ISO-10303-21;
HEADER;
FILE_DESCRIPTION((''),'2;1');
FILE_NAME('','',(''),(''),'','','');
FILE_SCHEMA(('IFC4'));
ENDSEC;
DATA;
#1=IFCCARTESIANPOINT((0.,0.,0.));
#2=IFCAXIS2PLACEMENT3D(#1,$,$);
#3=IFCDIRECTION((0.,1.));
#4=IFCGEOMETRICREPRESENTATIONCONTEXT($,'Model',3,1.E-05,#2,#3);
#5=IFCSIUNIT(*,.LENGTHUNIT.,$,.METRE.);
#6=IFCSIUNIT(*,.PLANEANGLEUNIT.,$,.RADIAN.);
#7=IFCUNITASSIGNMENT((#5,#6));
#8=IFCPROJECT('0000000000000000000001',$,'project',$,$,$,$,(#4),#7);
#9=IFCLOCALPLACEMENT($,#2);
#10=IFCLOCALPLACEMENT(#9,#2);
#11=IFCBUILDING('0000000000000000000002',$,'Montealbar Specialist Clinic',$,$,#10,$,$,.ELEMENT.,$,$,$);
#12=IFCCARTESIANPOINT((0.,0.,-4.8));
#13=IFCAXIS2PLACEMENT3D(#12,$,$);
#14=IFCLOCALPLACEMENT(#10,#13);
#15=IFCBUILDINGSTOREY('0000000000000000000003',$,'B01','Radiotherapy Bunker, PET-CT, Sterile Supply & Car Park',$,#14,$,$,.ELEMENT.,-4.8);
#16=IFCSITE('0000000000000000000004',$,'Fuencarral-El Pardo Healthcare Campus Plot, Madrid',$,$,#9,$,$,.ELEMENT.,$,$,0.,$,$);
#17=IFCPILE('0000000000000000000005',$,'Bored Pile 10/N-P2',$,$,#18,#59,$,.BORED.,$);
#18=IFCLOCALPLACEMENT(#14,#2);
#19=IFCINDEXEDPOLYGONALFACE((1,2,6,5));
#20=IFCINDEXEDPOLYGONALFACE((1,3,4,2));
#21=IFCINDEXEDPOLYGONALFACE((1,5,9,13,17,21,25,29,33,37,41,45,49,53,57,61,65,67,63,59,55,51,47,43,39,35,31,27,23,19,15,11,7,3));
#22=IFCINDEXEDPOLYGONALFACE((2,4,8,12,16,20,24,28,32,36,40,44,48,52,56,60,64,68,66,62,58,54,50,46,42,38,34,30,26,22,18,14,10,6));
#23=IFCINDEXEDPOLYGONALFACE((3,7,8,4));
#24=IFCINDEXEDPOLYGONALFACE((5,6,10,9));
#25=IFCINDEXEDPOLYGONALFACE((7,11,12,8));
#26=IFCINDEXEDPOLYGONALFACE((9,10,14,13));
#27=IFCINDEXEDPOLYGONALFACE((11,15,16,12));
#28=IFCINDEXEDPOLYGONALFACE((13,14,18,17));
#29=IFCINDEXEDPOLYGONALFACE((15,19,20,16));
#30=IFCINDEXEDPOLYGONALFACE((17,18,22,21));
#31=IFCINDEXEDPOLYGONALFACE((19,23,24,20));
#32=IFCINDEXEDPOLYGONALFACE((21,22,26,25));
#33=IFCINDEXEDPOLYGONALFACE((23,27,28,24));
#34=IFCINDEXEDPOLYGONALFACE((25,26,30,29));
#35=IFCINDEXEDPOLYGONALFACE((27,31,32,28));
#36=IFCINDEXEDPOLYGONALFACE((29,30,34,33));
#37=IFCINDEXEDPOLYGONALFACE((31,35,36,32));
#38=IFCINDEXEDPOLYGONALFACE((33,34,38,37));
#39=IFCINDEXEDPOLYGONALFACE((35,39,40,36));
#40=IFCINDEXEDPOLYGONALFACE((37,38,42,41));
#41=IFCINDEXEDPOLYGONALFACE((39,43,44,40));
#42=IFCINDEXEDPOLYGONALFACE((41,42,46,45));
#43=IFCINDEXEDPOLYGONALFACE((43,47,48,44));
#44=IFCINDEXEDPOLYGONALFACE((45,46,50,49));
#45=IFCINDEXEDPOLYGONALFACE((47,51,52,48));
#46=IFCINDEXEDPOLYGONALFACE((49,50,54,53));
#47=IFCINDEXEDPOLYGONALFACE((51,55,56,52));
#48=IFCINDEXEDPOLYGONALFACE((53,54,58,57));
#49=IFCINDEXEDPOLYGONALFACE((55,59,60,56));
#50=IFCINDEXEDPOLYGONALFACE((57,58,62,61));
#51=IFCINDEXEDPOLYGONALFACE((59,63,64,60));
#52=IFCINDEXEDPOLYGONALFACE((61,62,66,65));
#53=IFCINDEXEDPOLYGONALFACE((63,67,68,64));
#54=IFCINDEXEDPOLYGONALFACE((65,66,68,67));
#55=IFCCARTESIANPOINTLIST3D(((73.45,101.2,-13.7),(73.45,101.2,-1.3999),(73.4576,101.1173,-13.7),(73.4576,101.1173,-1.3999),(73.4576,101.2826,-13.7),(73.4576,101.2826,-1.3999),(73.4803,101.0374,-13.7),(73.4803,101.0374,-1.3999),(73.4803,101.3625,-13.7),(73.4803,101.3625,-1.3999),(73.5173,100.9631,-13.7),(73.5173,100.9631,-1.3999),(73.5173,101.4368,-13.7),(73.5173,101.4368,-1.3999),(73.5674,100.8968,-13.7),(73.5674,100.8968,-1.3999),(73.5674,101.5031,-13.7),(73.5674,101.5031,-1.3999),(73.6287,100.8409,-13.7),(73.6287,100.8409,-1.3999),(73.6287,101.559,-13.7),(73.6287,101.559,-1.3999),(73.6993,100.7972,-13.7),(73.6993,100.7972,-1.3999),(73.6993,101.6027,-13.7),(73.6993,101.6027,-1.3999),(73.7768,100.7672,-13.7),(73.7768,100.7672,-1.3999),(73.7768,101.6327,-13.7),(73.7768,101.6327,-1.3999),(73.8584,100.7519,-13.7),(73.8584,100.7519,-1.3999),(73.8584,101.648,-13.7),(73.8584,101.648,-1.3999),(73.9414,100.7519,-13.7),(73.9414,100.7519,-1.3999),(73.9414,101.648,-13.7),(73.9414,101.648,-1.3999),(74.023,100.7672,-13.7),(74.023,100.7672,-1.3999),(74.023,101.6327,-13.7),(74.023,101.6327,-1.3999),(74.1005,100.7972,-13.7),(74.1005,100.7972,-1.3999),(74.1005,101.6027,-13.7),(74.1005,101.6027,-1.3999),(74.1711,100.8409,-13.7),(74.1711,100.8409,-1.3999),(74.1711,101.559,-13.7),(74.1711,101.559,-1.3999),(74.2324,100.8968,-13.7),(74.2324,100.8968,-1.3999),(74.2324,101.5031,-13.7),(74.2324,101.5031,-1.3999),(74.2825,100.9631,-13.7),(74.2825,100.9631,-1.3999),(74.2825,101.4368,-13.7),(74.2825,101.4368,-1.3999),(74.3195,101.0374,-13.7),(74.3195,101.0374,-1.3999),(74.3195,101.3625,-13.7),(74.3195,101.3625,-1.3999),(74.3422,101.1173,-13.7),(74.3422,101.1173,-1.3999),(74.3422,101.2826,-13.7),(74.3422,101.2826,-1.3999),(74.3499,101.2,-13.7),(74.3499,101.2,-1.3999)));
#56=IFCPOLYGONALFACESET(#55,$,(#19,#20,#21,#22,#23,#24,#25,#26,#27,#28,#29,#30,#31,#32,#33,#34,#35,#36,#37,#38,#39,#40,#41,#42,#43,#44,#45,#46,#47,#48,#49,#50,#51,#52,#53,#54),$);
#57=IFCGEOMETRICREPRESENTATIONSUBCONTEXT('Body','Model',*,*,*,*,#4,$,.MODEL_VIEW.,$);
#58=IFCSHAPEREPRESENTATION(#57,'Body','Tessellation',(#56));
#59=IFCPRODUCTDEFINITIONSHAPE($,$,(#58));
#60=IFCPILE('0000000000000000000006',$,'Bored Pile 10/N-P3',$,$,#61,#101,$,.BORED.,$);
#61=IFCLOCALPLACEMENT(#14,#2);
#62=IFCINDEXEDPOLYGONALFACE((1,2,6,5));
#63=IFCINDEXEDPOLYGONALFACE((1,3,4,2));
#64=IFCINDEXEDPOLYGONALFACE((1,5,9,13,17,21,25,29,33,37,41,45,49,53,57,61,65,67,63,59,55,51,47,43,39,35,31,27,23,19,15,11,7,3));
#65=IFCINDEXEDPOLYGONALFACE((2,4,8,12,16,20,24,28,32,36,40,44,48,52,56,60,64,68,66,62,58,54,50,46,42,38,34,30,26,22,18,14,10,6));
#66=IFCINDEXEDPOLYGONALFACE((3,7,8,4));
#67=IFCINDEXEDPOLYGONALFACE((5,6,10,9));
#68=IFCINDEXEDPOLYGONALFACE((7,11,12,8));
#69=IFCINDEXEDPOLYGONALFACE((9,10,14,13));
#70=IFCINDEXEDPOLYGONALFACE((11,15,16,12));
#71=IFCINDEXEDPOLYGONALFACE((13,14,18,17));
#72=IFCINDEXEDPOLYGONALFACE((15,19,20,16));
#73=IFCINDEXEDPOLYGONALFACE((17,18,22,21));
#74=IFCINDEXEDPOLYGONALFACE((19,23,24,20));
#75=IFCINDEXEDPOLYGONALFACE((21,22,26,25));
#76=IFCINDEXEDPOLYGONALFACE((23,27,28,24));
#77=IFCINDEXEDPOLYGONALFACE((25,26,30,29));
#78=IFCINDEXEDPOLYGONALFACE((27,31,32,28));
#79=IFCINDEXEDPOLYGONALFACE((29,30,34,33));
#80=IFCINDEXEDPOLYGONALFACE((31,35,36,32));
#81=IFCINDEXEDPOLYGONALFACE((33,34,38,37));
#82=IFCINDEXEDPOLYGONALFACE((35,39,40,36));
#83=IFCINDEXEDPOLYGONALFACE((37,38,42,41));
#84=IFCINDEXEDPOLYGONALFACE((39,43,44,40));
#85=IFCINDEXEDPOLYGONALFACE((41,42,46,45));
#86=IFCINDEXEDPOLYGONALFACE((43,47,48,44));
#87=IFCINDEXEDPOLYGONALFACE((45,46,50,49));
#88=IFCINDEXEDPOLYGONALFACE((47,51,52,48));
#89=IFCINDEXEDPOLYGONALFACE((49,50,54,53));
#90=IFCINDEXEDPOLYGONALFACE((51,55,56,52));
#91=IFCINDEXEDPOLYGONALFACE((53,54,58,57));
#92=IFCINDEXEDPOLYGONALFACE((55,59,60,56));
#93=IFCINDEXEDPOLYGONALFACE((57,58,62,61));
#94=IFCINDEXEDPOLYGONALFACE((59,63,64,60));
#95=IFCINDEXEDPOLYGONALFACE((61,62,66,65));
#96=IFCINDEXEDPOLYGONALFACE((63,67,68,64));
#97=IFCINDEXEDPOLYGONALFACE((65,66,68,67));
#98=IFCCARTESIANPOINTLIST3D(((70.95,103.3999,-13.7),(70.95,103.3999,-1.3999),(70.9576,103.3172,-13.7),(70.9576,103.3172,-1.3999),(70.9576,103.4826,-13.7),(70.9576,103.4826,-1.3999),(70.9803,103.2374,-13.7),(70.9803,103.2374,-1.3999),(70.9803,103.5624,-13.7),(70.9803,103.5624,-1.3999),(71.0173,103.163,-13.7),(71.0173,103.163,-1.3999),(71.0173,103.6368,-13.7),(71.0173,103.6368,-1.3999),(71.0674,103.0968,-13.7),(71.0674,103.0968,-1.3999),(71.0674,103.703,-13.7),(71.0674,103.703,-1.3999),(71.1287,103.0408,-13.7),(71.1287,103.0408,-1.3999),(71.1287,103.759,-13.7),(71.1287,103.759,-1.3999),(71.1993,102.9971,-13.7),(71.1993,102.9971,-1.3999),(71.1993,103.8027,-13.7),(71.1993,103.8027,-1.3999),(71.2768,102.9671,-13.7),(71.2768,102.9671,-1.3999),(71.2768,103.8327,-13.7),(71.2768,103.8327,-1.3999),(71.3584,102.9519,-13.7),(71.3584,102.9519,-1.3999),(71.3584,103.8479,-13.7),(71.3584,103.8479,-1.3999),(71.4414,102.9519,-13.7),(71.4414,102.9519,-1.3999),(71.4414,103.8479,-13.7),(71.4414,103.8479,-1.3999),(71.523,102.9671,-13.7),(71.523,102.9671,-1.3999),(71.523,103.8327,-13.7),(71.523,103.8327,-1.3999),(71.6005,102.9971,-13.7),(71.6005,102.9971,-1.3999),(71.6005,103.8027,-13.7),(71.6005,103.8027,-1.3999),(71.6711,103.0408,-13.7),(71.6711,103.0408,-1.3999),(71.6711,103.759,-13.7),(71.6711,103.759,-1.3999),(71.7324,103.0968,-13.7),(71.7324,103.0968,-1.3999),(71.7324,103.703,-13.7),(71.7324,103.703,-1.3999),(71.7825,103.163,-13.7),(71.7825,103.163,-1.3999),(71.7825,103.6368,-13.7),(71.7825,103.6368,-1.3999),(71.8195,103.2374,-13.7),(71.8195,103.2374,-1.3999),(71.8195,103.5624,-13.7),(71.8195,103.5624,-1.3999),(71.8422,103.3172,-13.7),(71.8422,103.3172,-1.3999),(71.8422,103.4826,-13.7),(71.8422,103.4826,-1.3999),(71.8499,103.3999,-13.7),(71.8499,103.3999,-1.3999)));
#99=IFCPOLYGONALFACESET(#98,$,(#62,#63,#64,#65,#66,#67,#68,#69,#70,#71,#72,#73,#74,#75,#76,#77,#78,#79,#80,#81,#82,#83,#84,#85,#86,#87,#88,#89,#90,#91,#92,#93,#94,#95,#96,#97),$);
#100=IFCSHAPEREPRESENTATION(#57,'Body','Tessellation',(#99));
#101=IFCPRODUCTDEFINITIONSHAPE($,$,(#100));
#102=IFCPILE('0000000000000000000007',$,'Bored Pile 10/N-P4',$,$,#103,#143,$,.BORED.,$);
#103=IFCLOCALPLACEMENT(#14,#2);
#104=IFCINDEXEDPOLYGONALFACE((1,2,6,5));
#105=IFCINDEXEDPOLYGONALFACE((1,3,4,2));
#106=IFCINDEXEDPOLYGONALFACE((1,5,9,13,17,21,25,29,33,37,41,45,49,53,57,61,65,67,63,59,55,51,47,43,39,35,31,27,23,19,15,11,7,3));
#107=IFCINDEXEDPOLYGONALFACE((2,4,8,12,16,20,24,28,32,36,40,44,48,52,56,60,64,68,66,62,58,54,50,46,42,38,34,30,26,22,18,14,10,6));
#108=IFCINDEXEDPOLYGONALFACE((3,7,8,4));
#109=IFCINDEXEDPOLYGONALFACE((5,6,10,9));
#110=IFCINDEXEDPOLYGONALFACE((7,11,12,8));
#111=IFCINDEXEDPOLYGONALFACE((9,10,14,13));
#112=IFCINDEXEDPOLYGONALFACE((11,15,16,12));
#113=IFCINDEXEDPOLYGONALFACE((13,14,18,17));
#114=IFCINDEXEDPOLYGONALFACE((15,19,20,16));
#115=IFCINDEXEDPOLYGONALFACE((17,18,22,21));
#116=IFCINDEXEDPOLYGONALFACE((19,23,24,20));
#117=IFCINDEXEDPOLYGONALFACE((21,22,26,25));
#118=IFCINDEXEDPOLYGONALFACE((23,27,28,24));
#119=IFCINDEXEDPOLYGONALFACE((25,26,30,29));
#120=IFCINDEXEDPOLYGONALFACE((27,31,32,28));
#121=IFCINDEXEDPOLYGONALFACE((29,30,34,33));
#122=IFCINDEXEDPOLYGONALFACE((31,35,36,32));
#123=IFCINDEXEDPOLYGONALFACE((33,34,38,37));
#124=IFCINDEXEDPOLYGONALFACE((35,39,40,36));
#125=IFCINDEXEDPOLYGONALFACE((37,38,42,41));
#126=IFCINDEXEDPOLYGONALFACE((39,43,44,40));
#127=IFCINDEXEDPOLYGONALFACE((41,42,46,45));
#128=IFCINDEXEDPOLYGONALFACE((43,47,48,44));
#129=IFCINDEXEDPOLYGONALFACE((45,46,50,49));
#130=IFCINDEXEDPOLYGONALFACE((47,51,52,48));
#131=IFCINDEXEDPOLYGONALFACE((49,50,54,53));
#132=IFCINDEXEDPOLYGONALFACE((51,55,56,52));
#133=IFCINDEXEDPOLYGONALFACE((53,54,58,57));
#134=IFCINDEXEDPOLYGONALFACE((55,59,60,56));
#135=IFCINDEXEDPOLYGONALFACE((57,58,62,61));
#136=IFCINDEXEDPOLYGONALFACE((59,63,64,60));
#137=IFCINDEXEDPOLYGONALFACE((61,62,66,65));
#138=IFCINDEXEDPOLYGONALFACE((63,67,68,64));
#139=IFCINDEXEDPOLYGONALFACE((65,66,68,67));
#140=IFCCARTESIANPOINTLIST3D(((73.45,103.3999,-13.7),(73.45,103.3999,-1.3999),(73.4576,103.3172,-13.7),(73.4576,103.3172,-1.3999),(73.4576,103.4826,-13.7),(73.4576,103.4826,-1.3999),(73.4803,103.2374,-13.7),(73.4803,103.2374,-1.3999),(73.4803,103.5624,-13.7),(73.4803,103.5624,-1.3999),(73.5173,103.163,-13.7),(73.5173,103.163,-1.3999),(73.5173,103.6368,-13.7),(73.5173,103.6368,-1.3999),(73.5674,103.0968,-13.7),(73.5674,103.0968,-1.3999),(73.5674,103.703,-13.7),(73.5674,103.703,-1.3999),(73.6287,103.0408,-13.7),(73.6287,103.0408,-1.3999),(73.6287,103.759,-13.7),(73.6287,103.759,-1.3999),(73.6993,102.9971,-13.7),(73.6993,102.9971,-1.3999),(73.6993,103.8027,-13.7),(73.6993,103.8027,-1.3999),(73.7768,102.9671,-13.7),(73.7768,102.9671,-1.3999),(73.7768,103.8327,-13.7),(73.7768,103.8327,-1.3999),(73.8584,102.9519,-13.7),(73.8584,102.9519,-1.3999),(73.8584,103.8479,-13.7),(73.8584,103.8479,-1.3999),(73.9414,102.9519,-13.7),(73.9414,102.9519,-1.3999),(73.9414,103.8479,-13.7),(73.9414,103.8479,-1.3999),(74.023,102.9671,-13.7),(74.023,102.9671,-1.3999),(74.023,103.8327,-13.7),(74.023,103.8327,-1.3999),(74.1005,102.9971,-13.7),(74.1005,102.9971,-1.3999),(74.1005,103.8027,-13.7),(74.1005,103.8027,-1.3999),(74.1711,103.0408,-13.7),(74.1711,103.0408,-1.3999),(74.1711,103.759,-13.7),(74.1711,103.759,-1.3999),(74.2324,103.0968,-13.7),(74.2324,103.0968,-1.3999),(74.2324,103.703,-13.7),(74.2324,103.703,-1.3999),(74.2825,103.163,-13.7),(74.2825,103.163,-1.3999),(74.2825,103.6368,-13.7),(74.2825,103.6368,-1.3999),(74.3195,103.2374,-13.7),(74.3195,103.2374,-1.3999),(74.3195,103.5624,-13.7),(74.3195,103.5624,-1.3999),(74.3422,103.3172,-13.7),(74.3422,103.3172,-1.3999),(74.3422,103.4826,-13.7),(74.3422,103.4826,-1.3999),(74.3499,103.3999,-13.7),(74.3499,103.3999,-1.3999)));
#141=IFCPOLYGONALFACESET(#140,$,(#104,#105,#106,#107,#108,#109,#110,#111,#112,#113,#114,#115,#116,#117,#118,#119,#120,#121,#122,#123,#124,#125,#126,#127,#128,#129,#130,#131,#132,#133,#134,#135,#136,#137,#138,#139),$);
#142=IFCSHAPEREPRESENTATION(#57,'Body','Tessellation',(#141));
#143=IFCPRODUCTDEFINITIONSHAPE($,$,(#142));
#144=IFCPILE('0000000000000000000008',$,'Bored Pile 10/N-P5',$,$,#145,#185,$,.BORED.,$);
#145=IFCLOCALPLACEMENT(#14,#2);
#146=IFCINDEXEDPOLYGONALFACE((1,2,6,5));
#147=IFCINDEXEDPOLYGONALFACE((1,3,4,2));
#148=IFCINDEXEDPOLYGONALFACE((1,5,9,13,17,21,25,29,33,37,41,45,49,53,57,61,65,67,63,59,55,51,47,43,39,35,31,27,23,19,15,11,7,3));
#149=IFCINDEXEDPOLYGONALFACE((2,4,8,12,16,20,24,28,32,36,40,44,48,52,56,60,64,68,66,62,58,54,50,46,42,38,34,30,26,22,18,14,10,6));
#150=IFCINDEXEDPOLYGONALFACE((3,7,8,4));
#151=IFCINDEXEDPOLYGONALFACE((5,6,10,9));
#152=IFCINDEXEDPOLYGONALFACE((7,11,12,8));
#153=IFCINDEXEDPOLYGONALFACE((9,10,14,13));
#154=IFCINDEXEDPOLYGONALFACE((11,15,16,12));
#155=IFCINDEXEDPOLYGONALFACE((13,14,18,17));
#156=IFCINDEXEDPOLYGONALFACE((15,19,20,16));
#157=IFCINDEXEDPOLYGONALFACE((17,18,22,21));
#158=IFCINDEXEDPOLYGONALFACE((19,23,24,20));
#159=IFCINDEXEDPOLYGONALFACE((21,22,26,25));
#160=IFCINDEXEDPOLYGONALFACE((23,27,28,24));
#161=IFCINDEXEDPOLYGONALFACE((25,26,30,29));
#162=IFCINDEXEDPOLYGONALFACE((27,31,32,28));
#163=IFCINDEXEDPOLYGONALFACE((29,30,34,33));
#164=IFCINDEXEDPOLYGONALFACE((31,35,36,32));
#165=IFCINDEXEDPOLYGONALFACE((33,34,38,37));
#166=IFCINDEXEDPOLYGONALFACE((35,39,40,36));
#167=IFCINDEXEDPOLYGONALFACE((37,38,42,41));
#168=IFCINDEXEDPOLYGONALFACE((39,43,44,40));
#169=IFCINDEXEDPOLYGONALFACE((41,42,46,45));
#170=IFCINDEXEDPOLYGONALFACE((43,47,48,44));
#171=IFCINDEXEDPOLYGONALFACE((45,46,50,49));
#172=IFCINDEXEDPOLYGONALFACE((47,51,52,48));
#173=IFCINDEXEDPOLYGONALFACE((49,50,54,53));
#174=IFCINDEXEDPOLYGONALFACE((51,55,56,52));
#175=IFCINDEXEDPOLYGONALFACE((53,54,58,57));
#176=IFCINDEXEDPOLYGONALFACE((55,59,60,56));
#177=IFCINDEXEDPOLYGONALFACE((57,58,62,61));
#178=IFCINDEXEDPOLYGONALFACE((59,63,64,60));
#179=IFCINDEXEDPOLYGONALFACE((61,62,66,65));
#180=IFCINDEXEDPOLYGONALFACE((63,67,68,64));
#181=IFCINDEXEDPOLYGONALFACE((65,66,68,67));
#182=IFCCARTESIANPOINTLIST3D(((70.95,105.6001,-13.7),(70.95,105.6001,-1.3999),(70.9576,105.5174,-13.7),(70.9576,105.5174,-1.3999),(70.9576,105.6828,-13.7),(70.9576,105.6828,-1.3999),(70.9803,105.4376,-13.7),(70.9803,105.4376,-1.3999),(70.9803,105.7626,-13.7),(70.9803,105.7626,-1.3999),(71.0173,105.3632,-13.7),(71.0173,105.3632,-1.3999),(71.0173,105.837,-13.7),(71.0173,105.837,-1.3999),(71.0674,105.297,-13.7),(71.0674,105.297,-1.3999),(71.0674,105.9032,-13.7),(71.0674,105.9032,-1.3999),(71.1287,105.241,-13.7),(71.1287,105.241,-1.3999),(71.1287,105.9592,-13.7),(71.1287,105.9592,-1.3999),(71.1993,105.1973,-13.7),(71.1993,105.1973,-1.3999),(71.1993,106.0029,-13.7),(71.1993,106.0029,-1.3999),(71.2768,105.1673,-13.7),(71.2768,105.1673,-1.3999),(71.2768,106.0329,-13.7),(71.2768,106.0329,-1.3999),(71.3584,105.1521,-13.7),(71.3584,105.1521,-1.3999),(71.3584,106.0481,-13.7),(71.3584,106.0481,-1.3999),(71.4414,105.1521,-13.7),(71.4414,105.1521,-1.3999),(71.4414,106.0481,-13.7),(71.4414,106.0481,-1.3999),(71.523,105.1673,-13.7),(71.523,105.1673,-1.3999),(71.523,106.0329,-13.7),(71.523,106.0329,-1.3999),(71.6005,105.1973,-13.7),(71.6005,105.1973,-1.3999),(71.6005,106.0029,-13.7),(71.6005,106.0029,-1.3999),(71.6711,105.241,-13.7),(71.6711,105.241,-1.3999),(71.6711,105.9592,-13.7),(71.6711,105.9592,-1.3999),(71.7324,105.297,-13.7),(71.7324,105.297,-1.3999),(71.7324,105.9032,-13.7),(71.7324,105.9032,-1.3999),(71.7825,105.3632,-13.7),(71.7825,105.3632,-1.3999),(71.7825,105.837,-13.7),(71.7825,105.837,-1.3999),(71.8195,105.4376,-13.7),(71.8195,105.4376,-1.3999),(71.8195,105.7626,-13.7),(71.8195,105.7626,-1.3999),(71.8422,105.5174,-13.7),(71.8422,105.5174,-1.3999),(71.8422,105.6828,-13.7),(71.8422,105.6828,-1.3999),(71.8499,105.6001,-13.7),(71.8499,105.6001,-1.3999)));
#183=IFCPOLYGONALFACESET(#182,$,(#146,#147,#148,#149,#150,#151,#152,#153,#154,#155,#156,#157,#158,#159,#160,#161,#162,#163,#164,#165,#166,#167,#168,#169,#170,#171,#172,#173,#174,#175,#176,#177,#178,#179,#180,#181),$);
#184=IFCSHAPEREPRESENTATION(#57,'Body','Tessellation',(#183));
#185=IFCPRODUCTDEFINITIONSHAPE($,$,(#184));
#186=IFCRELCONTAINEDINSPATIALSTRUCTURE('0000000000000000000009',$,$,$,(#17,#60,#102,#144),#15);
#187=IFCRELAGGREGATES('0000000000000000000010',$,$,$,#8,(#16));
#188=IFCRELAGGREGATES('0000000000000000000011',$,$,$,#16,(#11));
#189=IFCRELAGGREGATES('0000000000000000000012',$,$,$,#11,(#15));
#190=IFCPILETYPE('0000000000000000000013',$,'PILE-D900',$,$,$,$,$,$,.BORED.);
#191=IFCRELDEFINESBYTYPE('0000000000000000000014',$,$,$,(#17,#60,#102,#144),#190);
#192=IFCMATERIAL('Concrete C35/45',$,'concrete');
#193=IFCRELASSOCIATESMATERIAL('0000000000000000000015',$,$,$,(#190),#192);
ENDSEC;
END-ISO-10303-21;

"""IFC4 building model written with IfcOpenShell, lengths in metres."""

from ifc_helpers import new_model, si_unit, direction, frame, origin, origin_2d, place, context, subcontext, project, spatial, circle, extrude, material, material_profile, profile_set, type_object, element, save


model = new_model("IFC4")

# Units and contexts
model_context = context("Model", 3, precision=1e-05, world=origin(), true_north=direction((0.0, 1.0)))
body_context = subcontext(model_context, "Body", "Model", "MODEL_VIEW")
ifc_project = project(units=[si_unit("LENGTHUNIT", "METRE"), si_unit("PLANEANGLEUNIT", "RADIAN")], contexts=[model_context])

# Site, building, storey
site_placement = place(None, origin())
site = spatial("IfcSite", under=ifc_project, at=site_placement, Name="Fuencarral-El Pardo Healthcare Campus Plot, Madrid", CompositionType="ELEMENT", RefElevation=0.0)
building_placement = place(site_placement, origin())
building = spatial("IfcBuilding", under=site, at=building_placement, Name="Montealbar Specialist Clinic", CompositionType="ELEMENT")
storey_placement = place(building_placement, frame((0.0, 0.0, -4.8)))
storey = spatial("IfcBuildingStorey", under=building, at=storey_placement, Name="B01", Description="Radiotherapy Bunker, PET-CT, Sterile Supply & Car Park", CompositionType="ELEMENT", Elevation=-4.8)

# Shared definitions
ifc_material_1 = material(Name="Concrete C35/45", Category="concrete")

# Piles
ifc_material_profile_1 = material_profile(ifc_material_1, circle(Radius=0.45, at=origin_2d()), Name="PILE D900", Category="concrete")
ifc_profile_set_1 = profile_set([ifc_material_profile_1], Name="Concrete C35/45")
pile_type_1 = type_object("IfcPileType", Name="PILE-D900", PredefinedType="BORED", material=ifc_profile_set_1)
for number, where, z_axis, x_axis, name in (
    (1, (73.8999, 101.2, -1.3999), (0.0, 0.0, -1.0), (1.0, 0.0, 0.0), "Bored Pile 10/N-P2"),
    (2, (71.3999, 103.3999, -1.3999), (0.0, 0.0, -1.0), (1.0, 0.0, 0.0), "Bored Pile 10/N-P3"),
    (3, (73.8999, 103.3999, -1.3999), (0.0, 0.0, -1.0), (1.0, 0.0, 0.0), "Bored Pile 10/N-P4"),
    (4, (71.3999, 105.6001, -1.3999), (0.0, 0.0, -1.0), (1.0, 0.0, 0.0), "Bored Pile 10/N-P5"),
):
    element("IfcPile", number, at=place(storey_placement, frame(where, z_axis=z_axis, x_axis=x_axis)), inside=storey, type_object=pile_type_1, Name=name, PredefinedType="BORED", context=body_context, shape_type="SweptSolid", body=[
        extrude(circle(Radius=0.45, at=origin_2d()), origin(), (0.0, 0.0, 1.0), 12.3),
    ])

save(model, "model.ifc")
